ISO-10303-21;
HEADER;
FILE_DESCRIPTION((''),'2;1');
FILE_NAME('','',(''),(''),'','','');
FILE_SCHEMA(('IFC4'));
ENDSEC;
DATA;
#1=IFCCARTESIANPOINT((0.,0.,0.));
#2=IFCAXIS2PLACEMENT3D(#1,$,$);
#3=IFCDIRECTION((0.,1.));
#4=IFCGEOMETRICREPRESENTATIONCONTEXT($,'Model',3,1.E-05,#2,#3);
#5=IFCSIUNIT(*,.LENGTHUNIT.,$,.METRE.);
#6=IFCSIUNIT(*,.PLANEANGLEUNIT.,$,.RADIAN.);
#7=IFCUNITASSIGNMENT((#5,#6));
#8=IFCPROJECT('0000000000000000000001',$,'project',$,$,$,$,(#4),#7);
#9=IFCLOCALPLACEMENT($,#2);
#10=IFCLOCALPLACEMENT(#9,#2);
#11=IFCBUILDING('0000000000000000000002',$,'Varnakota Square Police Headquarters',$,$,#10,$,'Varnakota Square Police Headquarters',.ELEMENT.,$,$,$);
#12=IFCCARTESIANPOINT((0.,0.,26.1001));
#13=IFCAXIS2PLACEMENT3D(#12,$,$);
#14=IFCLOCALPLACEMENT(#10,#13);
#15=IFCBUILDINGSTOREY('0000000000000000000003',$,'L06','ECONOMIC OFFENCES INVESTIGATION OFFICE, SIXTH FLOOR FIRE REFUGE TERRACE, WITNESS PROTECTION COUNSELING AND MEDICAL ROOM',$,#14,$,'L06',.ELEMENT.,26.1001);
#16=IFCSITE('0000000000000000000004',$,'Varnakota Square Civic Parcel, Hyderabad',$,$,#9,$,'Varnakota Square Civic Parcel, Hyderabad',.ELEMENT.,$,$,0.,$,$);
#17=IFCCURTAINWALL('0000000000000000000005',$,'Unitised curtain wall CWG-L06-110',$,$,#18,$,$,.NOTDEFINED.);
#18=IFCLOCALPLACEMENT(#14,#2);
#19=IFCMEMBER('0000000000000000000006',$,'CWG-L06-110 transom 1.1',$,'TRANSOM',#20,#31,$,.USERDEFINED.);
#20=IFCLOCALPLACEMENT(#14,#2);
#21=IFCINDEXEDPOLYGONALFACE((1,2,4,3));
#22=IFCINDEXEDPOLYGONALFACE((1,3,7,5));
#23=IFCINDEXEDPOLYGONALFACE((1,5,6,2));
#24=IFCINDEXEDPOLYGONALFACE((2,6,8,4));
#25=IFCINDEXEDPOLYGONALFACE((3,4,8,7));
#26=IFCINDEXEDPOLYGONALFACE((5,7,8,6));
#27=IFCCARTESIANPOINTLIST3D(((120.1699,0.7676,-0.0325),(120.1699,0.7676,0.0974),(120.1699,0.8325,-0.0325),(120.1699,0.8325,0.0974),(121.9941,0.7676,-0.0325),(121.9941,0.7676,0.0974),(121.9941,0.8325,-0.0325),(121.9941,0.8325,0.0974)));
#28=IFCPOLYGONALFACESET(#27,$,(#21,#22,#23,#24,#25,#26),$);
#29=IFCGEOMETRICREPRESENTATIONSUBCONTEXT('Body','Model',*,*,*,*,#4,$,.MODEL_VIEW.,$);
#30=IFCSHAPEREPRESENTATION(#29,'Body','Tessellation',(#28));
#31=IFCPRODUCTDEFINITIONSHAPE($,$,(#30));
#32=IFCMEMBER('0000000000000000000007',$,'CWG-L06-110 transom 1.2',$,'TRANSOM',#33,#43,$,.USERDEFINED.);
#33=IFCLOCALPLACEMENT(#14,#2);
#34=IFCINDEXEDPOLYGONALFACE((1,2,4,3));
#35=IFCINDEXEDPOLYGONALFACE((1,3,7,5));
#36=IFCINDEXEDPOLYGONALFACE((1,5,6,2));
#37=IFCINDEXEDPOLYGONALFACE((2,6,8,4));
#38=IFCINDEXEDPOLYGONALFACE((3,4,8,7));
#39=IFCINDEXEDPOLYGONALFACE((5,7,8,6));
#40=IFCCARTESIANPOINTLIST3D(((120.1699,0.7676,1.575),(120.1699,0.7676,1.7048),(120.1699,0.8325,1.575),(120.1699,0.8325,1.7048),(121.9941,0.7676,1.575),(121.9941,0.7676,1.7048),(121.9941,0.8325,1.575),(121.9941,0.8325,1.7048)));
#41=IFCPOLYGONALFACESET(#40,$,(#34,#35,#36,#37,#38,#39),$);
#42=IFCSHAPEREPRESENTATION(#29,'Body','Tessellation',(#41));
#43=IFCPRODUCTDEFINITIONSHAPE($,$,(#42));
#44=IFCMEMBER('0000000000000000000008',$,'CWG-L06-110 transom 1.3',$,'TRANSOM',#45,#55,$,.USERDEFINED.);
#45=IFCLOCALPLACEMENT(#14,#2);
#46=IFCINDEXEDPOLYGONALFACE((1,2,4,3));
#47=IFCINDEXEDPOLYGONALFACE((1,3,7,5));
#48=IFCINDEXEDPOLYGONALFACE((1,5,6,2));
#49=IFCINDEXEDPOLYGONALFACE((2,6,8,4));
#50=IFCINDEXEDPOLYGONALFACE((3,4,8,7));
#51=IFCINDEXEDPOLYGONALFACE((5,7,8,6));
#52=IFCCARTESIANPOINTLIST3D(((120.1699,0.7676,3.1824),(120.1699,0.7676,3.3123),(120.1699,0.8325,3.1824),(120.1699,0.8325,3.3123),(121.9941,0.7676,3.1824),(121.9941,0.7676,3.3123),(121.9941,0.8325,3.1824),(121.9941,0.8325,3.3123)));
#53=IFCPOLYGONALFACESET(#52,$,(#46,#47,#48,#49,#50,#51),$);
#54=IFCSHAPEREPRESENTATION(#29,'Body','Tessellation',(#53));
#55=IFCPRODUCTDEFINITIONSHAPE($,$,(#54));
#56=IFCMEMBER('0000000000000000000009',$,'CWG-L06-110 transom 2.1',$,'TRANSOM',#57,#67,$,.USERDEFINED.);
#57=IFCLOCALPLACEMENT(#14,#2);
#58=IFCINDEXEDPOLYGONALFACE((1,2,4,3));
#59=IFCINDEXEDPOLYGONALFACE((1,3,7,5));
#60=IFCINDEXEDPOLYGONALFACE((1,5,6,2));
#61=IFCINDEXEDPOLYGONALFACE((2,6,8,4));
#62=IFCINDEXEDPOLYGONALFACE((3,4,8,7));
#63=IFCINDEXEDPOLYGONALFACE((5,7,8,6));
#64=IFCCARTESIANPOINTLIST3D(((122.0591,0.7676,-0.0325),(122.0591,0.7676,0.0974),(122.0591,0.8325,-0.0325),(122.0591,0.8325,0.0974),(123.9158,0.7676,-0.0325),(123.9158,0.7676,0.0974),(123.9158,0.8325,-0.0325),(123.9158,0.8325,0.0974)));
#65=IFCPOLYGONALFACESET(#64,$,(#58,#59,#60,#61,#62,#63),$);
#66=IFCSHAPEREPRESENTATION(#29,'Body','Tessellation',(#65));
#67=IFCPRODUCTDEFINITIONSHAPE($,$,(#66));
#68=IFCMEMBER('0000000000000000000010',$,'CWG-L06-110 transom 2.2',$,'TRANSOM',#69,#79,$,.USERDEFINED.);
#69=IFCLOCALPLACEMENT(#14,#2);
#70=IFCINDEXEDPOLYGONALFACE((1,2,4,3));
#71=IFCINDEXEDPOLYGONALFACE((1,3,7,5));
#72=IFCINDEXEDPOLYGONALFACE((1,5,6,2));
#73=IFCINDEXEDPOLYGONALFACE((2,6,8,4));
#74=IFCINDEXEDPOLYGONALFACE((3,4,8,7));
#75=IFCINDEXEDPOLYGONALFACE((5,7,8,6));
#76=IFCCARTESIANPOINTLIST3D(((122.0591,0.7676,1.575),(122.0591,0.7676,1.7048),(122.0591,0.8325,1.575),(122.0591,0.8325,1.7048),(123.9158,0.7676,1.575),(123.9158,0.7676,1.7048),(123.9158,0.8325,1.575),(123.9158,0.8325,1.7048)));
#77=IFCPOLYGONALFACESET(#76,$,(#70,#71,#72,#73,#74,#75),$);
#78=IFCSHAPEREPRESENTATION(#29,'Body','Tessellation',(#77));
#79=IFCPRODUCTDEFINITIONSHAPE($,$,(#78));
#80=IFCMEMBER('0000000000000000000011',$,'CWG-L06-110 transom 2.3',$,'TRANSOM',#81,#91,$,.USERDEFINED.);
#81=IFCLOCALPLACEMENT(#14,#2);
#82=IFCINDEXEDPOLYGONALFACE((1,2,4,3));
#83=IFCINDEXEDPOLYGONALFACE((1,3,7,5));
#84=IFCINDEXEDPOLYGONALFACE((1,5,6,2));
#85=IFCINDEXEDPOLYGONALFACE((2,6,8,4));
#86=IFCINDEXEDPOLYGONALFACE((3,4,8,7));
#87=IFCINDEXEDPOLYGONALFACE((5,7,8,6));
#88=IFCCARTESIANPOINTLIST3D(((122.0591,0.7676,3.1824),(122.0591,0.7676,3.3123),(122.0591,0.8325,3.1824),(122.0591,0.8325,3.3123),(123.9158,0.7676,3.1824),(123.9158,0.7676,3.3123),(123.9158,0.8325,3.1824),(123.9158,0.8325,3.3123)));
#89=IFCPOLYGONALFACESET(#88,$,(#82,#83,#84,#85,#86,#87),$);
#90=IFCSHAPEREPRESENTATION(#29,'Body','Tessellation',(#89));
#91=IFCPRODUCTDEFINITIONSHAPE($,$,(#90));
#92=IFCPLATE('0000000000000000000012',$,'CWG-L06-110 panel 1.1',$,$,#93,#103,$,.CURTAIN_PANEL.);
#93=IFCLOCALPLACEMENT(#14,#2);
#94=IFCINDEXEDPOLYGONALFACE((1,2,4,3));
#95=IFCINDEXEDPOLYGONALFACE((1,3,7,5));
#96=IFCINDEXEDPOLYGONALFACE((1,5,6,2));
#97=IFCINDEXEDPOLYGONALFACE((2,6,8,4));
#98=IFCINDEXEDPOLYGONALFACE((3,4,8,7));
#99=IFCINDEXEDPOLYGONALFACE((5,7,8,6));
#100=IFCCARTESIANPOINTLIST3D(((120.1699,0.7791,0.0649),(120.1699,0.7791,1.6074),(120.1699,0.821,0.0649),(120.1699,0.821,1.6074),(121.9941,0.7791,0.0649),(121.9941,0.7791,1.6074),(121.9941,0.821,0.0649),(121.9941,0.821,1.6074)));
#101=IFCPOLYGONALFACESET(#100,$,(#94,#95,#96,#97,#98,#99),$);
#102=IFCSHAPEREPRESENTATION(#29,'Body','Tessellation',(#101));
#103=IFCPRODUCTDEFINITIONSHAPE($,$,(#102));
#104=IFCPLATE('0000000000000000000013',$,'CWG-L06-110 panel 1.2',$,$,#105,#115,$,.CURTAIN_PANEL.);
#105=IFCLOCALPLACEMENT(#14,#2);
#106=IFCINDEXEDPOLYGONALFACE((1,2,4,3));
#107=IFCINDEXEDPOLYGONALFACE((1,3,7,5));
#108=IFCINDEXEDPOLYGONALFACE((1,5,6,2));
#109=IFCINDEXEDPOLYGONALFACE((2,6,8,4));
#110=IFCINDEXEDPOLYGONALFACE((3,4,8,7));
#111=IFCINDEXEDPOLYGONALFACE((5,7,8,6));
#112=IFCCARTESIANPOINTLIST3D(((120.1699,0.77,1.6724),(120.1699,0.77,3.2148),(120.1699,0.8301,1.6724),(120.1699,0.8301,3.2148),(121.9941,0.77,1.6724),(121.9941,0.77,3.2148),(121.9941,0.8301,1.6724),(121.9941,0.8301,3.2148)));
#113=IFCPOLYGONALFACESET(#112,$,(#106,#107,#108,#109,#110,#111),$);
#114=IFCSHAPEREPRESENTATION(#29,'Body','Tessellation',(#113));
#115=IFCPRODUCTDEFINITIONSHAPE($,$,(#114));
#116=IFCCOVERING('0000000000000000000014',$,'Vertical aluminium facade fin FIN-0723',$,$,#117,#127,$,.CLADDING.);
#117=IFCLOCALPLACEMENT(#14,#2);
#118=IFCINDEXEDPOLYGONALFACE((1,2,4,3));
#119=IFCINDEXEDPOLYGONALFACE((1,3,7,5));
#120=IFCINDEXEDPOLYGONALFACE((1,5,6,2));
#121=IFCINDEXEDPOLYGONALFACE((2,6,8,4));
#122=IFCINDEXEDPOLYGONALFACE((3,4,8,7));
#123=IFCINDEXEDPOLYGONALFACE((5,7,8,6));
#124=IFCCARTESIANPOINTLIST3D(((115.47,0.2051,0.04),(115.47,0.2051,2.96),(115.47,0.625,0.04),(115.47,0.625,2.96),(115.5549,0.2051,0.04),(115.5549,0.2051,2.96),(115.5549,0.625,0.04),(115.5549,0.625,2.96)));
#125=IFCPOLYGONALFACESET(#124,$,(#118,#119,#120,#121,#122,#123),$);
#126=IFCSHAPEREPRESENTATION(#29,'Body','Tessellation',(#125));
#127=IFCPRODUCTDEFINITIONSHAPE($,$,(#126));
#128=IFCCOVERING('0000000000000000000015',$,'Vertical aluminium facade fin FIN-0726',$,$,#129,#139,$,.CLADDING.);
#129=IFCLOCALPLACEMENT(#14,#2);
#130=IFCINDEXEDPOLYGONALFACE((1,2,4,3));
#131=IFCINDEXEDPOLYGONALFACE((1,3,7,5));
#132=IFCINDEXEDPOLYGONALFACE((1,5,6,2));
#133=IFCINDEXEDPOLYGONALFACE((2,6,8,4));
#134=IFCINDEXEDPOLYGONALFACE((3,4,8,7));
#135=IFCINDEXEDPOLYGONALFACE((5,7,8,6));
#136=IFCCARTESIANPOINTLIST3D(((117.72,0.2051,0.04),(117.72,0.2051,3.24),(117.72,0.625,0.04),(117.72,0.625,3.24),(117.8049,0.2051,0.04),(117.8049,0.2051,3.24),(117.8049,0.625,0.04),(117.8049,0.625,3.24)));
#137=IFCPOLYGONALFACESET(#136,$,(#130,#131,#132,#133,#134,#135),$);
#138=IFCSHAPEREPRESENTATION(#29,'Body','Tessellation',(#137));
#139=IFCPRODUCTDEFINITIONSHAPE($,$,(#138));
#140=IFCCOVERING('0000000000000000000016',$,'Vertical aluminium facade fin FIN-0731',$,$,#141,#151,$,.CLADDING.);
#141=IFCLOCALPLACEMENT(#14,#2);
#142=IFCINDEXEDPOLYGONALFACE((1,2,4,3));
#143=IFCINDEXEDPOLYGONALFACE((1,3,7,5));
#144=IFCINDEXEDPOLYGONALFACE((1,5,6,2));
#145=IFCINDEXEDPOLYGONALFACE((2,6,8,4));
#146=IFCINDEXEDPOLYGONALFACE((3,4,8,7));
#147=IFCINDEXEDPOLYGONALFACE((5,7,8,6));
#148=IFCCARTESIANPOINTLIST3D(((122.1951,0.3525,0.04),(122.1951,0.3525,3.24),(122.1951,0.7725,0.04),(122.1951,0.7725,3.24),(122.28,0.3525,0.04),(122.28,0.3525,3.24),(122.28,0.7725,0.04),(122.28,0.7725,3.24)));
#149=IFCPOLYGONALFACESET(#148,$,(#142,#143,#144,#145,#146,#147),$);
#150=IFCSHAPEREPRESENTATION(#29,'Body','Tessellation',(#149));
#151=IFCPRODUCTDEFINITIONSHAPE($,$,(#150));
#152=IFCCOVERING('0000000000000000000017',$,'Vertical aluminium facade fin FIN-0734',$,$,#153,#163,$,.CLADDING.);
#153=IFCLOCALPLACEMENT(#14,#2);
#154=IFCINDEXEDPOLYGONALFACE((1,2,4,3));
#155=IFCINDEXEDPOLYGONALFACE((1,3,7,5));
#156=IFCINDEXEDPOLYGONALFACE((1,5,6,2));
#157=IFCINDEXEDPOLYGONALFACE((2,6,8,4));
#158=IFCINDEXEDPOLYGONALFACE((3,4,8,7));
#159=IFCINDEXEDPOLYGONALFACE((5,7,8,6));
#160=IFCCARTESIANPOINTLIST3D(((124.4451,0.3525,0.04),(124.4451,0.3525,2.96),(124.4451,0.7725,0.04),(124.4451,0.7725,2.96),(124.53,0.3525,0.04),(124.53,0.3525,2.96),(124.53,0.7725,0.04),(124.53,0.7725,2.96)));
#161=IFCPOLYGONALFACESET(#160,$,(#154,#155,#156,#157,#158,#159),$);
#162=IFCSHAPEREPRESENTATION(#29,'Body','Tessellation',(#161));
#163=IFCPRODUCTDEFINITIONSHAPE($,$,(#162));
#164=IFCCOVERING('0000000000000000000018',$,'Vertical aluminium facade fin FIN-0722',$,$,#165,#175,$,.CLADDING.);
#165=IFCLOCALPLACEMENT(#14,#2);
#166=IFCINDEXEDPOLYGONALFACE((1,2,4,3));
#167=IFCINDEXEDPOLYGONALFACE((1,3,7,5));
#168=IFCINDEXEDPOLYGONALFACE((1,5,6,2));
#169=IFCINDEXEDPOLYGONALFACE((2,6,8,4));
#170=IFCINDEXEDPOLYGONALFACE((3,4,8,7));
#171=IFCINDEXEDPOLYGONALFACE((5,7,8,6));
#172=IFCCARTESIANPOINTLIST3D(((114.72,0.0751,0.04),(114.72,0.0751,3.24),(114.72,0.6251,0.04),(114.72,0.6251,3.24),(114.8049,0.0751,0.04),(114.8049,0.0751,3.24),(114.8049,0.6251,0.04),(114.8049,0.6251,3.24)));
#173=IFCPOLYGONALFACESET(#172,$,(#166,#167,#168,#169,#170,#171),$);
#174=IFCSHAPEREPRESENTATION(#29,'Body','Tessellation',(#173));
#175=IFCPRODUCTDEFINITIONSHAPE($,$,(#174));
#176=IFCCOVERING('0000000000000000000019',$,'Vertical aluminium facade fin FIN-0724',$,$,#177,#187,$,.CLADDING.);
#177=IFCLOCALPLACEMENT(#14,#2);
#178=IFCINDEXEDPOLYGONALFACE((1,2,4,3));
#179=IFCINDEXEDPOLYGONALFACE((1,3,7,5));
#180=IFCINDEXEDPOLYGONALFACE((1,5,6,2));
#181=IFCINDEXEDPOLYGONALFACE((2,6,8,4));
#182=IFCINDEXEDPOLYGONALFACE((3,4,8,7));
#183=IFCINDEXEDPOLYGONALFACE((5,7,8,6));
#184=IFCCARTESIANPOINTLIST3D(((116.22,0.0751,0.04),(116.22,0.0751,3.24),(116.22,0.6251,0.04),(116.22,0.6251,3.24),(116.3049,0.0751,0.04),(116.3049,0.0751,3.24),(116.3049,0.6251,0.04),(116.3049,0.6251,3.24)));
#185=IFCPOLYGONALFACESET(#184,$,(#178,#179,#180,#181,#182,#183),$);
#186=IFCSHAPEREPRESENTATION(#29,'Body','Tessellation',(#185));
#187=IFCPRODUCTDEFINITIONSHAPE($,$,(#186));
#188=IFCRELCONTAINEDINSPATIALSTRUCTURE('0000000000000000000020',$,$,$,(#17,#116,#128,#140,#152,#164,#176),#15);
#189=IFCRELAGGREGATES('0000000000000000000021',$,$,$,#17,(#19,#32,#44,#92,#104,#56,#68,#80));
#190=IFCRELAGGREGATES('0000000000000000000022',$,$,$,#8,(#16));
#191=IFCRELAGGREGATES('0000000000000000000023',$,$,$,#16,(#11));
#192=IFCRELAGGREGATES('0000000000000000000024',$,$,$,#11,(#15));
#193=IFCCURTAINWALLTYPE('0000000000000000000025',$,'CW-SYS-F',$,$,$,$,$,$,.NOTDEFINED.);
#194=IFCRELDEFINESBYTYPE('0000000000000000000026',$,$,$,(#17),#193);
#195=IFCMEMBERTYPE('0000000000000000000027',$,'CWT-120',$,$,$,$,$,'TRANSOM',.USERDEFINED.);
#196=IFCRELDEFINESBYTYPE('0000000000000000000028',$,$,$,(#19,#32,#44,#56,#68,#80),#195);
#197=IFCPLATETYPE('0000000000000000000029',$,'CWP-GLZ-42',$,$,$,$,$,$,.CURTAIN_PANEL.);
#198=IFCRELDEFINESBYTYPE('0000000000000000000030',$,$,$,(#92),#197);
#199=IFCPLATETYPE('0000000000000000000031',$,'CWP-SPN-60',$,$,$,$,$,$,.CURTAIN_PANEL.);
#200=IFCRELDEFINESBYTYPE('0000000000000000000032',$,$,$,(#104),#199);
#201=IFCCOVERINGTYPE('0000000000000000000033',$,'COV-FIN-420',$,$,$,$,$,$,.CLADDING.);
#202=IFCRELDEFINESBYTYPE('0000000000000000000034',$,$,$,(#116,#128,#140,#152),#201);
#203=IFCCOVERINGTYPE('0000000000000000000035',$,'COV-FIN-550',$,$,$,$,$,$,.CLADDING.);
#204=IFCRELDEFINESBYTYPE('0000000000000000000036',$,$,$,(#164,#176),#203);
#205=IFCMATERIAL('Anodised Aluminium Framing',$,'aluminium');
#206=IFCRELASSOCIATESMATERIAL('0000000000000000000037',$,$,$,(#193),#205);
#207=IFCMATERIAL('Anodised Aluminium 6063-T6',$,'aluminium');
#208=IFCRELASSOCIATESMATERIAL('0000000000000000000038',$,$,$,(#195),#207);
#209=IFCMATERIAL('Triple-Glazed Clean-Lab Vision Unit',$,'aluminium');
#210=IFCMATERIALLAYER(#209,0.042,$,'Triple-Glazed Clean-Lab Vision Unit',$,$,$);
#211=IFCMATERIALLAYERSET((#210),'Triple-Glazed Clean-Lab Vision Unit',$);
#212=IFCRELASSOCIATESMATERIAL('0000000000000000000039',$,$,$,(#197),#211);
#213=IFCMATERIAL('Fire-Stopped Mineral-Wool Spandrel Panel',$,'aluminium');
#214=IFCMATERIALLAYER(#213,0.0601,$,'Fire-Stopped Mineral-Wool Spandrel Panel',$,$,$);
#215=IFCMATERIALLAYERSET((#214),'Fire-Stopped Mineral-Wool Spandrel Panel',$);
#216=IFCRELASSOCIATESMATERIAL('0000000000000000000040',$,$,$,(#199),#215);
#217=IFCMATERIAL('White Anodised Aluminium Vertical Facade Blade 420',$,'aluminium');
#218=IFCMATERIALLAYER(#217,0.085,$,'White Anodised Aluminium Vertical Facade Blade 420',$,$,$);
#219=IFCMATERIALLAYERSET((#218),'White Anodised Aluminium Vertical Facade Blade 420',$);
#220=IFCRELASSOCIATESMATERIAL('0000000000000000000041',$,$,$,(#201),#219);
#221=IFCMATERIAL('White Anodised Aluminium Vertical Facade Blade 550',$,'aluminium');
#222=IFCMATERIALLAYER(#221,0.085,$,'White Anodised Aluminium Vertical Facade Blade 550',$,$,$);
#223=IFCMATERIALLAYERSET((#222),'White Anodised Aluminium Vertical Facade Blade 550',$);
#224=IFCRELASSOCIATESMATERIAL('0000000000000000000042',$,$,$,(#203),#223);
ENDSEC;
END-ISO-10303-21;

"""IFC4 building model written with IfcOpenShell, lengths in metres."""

from ifc_helpers import new_model, si_unit, direction, frame, origin, origin_2d, place, context, subcontext, project, spatial, rectangle, extrude, material, layer, layer_set, material_profile, profile_set, type_object, element, aggregate, save


model = new_model("IFC4")

# Units and contexts
model_context = context("Model", 3, precision=1e-05, world=origin(), true_north=direction((0.0, 1.0)))
body_context = subcontext(model_context, "Body", "Model", "MODEL_VIEW")
ifc_project = project(units=[si_unit("LENGTHUNIT", "METRE"), si_unit("PLANEANGLEUNIT", "RADIAN")], contexts=[model_context])

# Site, building, storey
site_placement = place(None, origin())
site = spatial("IfcSite", under=ifc_project, at=site_placement, Name="Varnakota Square Civic Parcel, Hyderabad", LongName="Varnakota Square Civic Parcel, Hyderabad", CompositionType="ELEMENT", RefElevation=0.0)
building_placement = place(site_placement, origin())
building = spatial("IfcBuilding", under=site, at=building_placement, Name="Varnakota Square Police Headquarters", LongName="Varnakota Square Police Headquarters", CompositionType="ELEMENT")
storey_placement = place(building_placement, frame((0.0, 0.0, 26.1001)))
storey = spatial("IfcBuildingStorey", under=building, at=storey_placement, Name="L06", Description="ECONOMIC OFFENCES INVESTIGATION OFFICE, SIXTH FLOOR FIRE REFUGE TERRACE, WITNESS PROTECTION COUNSELING AND MEDICAL ROOM", LongName="L06", CompositionType="ELEMENT", Elevation=26.1001)

# Curtain wall, members, plates
ifc_material_1 = material(Name="Anodised Aluminium Framing", Category="aluminium")
curtain_wall_type = type_object("IfcCurtainWallType", Name="CW-SYS-F", PredefinedType="NOTDEFINED", material=ifc_material_1)
curtain_wall_placement = place(storey_placement, origin())
curtain_wall = element("IfcCurtainWall", 1, at=curtain_wall_placement, inside=storey, type_object=curtain_wall_type, Name="Unitised curtain wall CWG-L06-110", PredefinedType="NOTDEFINED")
ifc_material_2 = material(Name="Anodised Aluminium 6063-T6", Category="aluminium")
ifc_material_profile_1 = material_profile(ifc_material_2, rectangle(XDim=0.0649, YDim=0.1299, at=origin_2d()), Name="ALU TRANSOM 65x130")
ifc_profile_set_1 = profile_set([ifc_material_profile_1], Name="Anodised Aluminium 6063-T6")
member_type_1 = type_object("IfcMemberType", Name="CWT-120", ElementType="TRANSOM", PredefinedType="USERDEFINED", material=ifc_profile_set_1)
member_1_placement = place(storey_placement, frame((120.1699, 0.8, 0.0325), z_axis=(1.0, 0.0, 0.0), x_axis=(0.0, 1.0, 0.0)))
member_1 = element("IfcMember", 2, at=member_1_placement, type_object=member_type_1, Name="CWG-L06-110 transom 1.1", ObjectType="TRANSOM", PredefinedType="USERDEFINED", context=body_context, shape_type="SweptSolid", body=[
    extrude(rectangle(XDim=0.0649, YDim=0.1299, at=origin_2d()), origin(), (0.0, 0.0, 1.0), 1.8242),
])
member_2_placement = place(storey_placement, frame((120.1699, 0.8, 1.6399), z_axis=(1.0, 0.0, 0.0), x_axis=(0.0, 1.0, 0.0)))
member_2 = element("IfcMember", 3, at=member_2_placement, type_object=member_type_1, Name="CWG-L06-110 transom 1.2", ObjectType="TRANSOM", PredefinedType="USERDEFINED", context=body_context, shape_type="SweptSolid", body=[
    extrude(rectangle(XDim=0.0649, YDim=0.1299, at=origin_2d()), origin(), (0.0, 0.0, 1.0), 1.8242),
])
member_3_placement = place(storey_placement, frame((120.1699, 0.8, 3.2473), z_axis=(1.0, 0.0, 0.0), x_axis=(0.0, 1.0, 0.0)))
member_3 = element("IfcMember", 4, at=member_3_placement, type_object=member_type_1, Name="CWG-L06-110 transom 1.3", ObjectType="TRANSOM", PredefinedType="USERDEFINED", context=body_context, shape_type="SweptSolid", body=[
    extrude(rectangle(XDim=0.0649, YDim=0.1299, at=origin_2d()), origin(), (0.0, 0.0, 1.0), 1.8242),
])
member_4_placement = place(storey_placement, frame((122.0591, 0.8, 0.0325), z_axis=(1.0, 0.0, 0.0), x_axis=(0.0, 1.0, 0.0)))
member_4 = element("IfcMember", 5, at=member_4_placement, type_object=member_type_1, Name="CWG-L06-110 transom 2.1", ObjectType="TRANSOM", PredefinedType="USERDEFINED", context=body_context, shape_type="SweptSolid", body=[
    extrude(rectangle(XDim=0.0649, YDim=0.1299, at=origin_2d()), origin(), (0.0, 0.0, 1.0), 1.8567),
])
member_5_placement = place(storey_placement, frame((122.0591, 0.8, 1.6399), z_axis=(1.0, 0.0, 0.0), x_axis=(0.0, 1.0, 0.0)))
member_5 = element("IfcMember", 6, at=member_5_placement, type_object=member_type_1, Name="CWG-L06-110 transom 2.2", ObjectType="TRANSOM", PredefinedType="USERDEFINED", context=body_context, shape_type="SweptSolid", body=[
    extrude(rectangle(XDim=0.0649, YDim=0.1299, at=origin_2d()), origin(), (0.0, 0.0, 1.0), 1.8567),
])
member_6_placement = place(storey_placement, frame((122.0591, 0.8, 3.2473), z_axis=(1.0, 0.0, 0.0), x_axis=(0.0, 1.0, 0.0)))
member_6 = element("IfcMember", 7, at=member_6_placement, type_object=member_type_1, Name="CWG-L06-110 transom 2.3", ObjectType="TRANSOM", PredefinedType="USERDEFINED", context=body_context, shape_type="SweptSolid", body=[
    extrude(rectangle(XDim=0.0649, YDim=0.1299, at=origin_2d()), origin(), (0.0, 0.0, 1.0), 1.8567),
])
ifc_material_3 = material(Name="Triple-Glazed Clean-Lab Vision Unit", Category="aluminium")
ifc_layer_1 = layer(ifc_material_3, 0.042, Name="Triple-Glazed Clean-Lab Vision Unit")
ifc_layer_set_1 = layer_set([ifc_layer_1], Name="Triple-Glazed Clean-Lab Vision Unit")
plate_type_1 = type_object("IfcPlateType", Name="CWP-GLZ-42", PredefinedType="CURTAIN_PANEL", material=ifc_layer_set_1)
plate_1_placement = place(storey_placement, frame((121.082, 0.8, 0.0649), z_axis=(0.0, 0.0, 1.0), x_axis=(1.0, 0.0, 0.0)))
plate_1 = element("IfcPlate", 8, at=plate_1_placement, type_object=plate_type_1, Name="CWG-L06-110 panel 1.1", PredefinedType="CURTAIN_PANEL", context=body_context, shape_type="SweptSolid", body=[
    extrude(rectangle(XDim=1.8242, YDim=0.042, at=origin_2d()), origin(), (0.0, 0.0, 1.0), 1.5425),
])
ifc_material_4 = material(Name="Fire-Stopped Mineral-Wool Spandrel Panel", Category="aluminium")
ifc_layer_2 = layer(ifc_material_4, 0.0601, Name="Fire-Stopped Mineral-Wool Spandrel Panel")
ifc_layer_set_2 = layer_set([ifc_layer_2], Name="Fire-Stopped Mineral-Wool Spandrel Panel")
plate_type_2 = type_object("IfcPlateType", Name="CWP-SPN-60", PredefinedType="CURTAIN_PANEL", material=ifc_layer_set_2)
plate_2_placement = place(storey_placement, frame((121.082, 0.8, 1.6724), z_axis=(0.0, 0.0, 1.0), x_axis=(1.0, 0.0, 0.0)))
plate_2 = element("IfcPlate", 9, at=plate_2_placement, type_object=plate_type_2, Name="CWG-L06-110 panel 1.2", PredefinedType="CURTAIN_PANEL", context=body_context, shape_type="SweptSolid", body=[
    extrude(rectangle(XDim=1.8242, YDim=0.0601, at=origin_2d()), origin(), (0.0, 0.0, 1.0), 1.5425),
])
aggregate(curtain_wall, [member_1, member_2, member_3, plate_1, plate_2, member_4, member_5, member_6])

# Coverings
ifc_material_5 = material(Name="White Anodised Aluminium Vertical Facade Blade 420", Category="aluminium")
ifc_layer_3 = layer(ifc_material_5, 0.085, Name="White Anodised Aluminium Vertical Facade Blade 420")
ifc_layer_set_3 = layer_set([ifc_layer_3], Name="White Anodised Aluminium Vertical Facade Blade 420")
covering_type_1 = type_object("IfcCoveringType", Name="COV-FIN-420", PredefinedType="CLADDING", material=ifc_layer_set_3)
covering_1_placement = place(storey_placement, frame((115.5125, 0.415, 0.04), z_axis=(0.0, 0.0, 1.0), x_axis=(1.0, 0.0, 0.0)))
element("IfcCovering", 10, at=covering_1_placement, inside=storey, type_object=covering_type_1, Name="Vertical aluminium facade fin FIN-0723", PredefinedType="CLADDING", context=body_context, shape_type="SweptSolid", body=[
    extrude(rectangle(XDim=0.085, YDim=0.4199, at=origin_2d()), origin(), (0.0, 0.0, 1.0), 2.9199),
])
for number, where, z_axis, x_axis, name in (
    (11, (117.7625, 0.415, 0.04), (0.0, 0.0, 1.0), (1.0, 0.0, 0.0), "Vertical aluminium facade fin FIN-0726"),
    (12, (122.2375, 0.5625, 0.04), (0.0, 0.0, 1.0), (1.0, 0.0, 0.0), "Vertical aluminium facade fin FIN-0731"),
):
    element("IfcCovering", number, at=place(storey_placement, frame(where, z_axis=z_axis, x_axis=x_axis)), inside=storey, type_object=covering_type_1, Name=name, PredefinedType="CLADDING", context=body_context, shape_type="SweptSolid", body=[
        extrude(rectangle(XDim=0.085, YDim=0.4199, at=origin_2d()), origin(), (0.0, 0.0, 1.0), 3.2),
    ])
covering_2_placement = place(storey_placement, frame((124.4875, 0.5625, 0.04), z_axis=(0.0, 0.0, 1.0), x_axis=(1.0, 0.0, 0.0)))
element("IfcCovering", 13, at=covering_2_placement, inside=storey, type_object=covering_type_1, Name="Vertical aluminium facade fin FIN-0734", PredefinedType="CLADDING", context=body_context, shape_type="SweptSolid", body=[
    extrude(rectangle(XDim=0.085, YDim=0.4199, at=origin_2d()), origin(), (0.0, 0.0, 1.0), 2.9199),
])
ifc_material_6 = material(Name="White Anodised Aluminium Vertical Facade Blade 550", Category="aluminium")
ifc_layer_4 = layer(ifc_material_6, 0.085, Name="White Anodised Aluminium Vertical Facade Blade 550")
ifc_layer_set_4 = layer_set([ifc_layer_4], Name="White Anodised Aluminium Vertical Facade Blade 550")
covering_type_2 = type_object("IfcCoveringType", Name="COV-FIN-550", PredefinedType="CLADDING", material=ifc_layer_set_4)
for number, where, z_axis, x_axis, name in (
    (14, (114.7625, 0.3501, 0.04), (0.0, 0.0, 1.0), (1.0, 0.0, 0.0), "Vertical aluminium facade fin FIN-0722"),
    (15, (116.2625, 0.3501, 0.04), (0.0, 0.0, 1.0), (1.0, 0.0, 0.0), "Vertical aluminium facade fin FIN-0724"),
):
    element("IfcCovering", number, at=place(storey_placement, frame(where, z_axis=z_axis, x_axis=x_axis)), inside=storey, type_object=covering_type_2, Name=name, PredefinedType="CLADDING", context=body_context, shape_type="SweptSolid", body=[
        extrude(rectangle(XDim=0.085, YDim=0.55, at=origin_2d()), origin(), (0.0, 0.0, 1.0), 3.2),
    ])

save(model, "model.ifc")
